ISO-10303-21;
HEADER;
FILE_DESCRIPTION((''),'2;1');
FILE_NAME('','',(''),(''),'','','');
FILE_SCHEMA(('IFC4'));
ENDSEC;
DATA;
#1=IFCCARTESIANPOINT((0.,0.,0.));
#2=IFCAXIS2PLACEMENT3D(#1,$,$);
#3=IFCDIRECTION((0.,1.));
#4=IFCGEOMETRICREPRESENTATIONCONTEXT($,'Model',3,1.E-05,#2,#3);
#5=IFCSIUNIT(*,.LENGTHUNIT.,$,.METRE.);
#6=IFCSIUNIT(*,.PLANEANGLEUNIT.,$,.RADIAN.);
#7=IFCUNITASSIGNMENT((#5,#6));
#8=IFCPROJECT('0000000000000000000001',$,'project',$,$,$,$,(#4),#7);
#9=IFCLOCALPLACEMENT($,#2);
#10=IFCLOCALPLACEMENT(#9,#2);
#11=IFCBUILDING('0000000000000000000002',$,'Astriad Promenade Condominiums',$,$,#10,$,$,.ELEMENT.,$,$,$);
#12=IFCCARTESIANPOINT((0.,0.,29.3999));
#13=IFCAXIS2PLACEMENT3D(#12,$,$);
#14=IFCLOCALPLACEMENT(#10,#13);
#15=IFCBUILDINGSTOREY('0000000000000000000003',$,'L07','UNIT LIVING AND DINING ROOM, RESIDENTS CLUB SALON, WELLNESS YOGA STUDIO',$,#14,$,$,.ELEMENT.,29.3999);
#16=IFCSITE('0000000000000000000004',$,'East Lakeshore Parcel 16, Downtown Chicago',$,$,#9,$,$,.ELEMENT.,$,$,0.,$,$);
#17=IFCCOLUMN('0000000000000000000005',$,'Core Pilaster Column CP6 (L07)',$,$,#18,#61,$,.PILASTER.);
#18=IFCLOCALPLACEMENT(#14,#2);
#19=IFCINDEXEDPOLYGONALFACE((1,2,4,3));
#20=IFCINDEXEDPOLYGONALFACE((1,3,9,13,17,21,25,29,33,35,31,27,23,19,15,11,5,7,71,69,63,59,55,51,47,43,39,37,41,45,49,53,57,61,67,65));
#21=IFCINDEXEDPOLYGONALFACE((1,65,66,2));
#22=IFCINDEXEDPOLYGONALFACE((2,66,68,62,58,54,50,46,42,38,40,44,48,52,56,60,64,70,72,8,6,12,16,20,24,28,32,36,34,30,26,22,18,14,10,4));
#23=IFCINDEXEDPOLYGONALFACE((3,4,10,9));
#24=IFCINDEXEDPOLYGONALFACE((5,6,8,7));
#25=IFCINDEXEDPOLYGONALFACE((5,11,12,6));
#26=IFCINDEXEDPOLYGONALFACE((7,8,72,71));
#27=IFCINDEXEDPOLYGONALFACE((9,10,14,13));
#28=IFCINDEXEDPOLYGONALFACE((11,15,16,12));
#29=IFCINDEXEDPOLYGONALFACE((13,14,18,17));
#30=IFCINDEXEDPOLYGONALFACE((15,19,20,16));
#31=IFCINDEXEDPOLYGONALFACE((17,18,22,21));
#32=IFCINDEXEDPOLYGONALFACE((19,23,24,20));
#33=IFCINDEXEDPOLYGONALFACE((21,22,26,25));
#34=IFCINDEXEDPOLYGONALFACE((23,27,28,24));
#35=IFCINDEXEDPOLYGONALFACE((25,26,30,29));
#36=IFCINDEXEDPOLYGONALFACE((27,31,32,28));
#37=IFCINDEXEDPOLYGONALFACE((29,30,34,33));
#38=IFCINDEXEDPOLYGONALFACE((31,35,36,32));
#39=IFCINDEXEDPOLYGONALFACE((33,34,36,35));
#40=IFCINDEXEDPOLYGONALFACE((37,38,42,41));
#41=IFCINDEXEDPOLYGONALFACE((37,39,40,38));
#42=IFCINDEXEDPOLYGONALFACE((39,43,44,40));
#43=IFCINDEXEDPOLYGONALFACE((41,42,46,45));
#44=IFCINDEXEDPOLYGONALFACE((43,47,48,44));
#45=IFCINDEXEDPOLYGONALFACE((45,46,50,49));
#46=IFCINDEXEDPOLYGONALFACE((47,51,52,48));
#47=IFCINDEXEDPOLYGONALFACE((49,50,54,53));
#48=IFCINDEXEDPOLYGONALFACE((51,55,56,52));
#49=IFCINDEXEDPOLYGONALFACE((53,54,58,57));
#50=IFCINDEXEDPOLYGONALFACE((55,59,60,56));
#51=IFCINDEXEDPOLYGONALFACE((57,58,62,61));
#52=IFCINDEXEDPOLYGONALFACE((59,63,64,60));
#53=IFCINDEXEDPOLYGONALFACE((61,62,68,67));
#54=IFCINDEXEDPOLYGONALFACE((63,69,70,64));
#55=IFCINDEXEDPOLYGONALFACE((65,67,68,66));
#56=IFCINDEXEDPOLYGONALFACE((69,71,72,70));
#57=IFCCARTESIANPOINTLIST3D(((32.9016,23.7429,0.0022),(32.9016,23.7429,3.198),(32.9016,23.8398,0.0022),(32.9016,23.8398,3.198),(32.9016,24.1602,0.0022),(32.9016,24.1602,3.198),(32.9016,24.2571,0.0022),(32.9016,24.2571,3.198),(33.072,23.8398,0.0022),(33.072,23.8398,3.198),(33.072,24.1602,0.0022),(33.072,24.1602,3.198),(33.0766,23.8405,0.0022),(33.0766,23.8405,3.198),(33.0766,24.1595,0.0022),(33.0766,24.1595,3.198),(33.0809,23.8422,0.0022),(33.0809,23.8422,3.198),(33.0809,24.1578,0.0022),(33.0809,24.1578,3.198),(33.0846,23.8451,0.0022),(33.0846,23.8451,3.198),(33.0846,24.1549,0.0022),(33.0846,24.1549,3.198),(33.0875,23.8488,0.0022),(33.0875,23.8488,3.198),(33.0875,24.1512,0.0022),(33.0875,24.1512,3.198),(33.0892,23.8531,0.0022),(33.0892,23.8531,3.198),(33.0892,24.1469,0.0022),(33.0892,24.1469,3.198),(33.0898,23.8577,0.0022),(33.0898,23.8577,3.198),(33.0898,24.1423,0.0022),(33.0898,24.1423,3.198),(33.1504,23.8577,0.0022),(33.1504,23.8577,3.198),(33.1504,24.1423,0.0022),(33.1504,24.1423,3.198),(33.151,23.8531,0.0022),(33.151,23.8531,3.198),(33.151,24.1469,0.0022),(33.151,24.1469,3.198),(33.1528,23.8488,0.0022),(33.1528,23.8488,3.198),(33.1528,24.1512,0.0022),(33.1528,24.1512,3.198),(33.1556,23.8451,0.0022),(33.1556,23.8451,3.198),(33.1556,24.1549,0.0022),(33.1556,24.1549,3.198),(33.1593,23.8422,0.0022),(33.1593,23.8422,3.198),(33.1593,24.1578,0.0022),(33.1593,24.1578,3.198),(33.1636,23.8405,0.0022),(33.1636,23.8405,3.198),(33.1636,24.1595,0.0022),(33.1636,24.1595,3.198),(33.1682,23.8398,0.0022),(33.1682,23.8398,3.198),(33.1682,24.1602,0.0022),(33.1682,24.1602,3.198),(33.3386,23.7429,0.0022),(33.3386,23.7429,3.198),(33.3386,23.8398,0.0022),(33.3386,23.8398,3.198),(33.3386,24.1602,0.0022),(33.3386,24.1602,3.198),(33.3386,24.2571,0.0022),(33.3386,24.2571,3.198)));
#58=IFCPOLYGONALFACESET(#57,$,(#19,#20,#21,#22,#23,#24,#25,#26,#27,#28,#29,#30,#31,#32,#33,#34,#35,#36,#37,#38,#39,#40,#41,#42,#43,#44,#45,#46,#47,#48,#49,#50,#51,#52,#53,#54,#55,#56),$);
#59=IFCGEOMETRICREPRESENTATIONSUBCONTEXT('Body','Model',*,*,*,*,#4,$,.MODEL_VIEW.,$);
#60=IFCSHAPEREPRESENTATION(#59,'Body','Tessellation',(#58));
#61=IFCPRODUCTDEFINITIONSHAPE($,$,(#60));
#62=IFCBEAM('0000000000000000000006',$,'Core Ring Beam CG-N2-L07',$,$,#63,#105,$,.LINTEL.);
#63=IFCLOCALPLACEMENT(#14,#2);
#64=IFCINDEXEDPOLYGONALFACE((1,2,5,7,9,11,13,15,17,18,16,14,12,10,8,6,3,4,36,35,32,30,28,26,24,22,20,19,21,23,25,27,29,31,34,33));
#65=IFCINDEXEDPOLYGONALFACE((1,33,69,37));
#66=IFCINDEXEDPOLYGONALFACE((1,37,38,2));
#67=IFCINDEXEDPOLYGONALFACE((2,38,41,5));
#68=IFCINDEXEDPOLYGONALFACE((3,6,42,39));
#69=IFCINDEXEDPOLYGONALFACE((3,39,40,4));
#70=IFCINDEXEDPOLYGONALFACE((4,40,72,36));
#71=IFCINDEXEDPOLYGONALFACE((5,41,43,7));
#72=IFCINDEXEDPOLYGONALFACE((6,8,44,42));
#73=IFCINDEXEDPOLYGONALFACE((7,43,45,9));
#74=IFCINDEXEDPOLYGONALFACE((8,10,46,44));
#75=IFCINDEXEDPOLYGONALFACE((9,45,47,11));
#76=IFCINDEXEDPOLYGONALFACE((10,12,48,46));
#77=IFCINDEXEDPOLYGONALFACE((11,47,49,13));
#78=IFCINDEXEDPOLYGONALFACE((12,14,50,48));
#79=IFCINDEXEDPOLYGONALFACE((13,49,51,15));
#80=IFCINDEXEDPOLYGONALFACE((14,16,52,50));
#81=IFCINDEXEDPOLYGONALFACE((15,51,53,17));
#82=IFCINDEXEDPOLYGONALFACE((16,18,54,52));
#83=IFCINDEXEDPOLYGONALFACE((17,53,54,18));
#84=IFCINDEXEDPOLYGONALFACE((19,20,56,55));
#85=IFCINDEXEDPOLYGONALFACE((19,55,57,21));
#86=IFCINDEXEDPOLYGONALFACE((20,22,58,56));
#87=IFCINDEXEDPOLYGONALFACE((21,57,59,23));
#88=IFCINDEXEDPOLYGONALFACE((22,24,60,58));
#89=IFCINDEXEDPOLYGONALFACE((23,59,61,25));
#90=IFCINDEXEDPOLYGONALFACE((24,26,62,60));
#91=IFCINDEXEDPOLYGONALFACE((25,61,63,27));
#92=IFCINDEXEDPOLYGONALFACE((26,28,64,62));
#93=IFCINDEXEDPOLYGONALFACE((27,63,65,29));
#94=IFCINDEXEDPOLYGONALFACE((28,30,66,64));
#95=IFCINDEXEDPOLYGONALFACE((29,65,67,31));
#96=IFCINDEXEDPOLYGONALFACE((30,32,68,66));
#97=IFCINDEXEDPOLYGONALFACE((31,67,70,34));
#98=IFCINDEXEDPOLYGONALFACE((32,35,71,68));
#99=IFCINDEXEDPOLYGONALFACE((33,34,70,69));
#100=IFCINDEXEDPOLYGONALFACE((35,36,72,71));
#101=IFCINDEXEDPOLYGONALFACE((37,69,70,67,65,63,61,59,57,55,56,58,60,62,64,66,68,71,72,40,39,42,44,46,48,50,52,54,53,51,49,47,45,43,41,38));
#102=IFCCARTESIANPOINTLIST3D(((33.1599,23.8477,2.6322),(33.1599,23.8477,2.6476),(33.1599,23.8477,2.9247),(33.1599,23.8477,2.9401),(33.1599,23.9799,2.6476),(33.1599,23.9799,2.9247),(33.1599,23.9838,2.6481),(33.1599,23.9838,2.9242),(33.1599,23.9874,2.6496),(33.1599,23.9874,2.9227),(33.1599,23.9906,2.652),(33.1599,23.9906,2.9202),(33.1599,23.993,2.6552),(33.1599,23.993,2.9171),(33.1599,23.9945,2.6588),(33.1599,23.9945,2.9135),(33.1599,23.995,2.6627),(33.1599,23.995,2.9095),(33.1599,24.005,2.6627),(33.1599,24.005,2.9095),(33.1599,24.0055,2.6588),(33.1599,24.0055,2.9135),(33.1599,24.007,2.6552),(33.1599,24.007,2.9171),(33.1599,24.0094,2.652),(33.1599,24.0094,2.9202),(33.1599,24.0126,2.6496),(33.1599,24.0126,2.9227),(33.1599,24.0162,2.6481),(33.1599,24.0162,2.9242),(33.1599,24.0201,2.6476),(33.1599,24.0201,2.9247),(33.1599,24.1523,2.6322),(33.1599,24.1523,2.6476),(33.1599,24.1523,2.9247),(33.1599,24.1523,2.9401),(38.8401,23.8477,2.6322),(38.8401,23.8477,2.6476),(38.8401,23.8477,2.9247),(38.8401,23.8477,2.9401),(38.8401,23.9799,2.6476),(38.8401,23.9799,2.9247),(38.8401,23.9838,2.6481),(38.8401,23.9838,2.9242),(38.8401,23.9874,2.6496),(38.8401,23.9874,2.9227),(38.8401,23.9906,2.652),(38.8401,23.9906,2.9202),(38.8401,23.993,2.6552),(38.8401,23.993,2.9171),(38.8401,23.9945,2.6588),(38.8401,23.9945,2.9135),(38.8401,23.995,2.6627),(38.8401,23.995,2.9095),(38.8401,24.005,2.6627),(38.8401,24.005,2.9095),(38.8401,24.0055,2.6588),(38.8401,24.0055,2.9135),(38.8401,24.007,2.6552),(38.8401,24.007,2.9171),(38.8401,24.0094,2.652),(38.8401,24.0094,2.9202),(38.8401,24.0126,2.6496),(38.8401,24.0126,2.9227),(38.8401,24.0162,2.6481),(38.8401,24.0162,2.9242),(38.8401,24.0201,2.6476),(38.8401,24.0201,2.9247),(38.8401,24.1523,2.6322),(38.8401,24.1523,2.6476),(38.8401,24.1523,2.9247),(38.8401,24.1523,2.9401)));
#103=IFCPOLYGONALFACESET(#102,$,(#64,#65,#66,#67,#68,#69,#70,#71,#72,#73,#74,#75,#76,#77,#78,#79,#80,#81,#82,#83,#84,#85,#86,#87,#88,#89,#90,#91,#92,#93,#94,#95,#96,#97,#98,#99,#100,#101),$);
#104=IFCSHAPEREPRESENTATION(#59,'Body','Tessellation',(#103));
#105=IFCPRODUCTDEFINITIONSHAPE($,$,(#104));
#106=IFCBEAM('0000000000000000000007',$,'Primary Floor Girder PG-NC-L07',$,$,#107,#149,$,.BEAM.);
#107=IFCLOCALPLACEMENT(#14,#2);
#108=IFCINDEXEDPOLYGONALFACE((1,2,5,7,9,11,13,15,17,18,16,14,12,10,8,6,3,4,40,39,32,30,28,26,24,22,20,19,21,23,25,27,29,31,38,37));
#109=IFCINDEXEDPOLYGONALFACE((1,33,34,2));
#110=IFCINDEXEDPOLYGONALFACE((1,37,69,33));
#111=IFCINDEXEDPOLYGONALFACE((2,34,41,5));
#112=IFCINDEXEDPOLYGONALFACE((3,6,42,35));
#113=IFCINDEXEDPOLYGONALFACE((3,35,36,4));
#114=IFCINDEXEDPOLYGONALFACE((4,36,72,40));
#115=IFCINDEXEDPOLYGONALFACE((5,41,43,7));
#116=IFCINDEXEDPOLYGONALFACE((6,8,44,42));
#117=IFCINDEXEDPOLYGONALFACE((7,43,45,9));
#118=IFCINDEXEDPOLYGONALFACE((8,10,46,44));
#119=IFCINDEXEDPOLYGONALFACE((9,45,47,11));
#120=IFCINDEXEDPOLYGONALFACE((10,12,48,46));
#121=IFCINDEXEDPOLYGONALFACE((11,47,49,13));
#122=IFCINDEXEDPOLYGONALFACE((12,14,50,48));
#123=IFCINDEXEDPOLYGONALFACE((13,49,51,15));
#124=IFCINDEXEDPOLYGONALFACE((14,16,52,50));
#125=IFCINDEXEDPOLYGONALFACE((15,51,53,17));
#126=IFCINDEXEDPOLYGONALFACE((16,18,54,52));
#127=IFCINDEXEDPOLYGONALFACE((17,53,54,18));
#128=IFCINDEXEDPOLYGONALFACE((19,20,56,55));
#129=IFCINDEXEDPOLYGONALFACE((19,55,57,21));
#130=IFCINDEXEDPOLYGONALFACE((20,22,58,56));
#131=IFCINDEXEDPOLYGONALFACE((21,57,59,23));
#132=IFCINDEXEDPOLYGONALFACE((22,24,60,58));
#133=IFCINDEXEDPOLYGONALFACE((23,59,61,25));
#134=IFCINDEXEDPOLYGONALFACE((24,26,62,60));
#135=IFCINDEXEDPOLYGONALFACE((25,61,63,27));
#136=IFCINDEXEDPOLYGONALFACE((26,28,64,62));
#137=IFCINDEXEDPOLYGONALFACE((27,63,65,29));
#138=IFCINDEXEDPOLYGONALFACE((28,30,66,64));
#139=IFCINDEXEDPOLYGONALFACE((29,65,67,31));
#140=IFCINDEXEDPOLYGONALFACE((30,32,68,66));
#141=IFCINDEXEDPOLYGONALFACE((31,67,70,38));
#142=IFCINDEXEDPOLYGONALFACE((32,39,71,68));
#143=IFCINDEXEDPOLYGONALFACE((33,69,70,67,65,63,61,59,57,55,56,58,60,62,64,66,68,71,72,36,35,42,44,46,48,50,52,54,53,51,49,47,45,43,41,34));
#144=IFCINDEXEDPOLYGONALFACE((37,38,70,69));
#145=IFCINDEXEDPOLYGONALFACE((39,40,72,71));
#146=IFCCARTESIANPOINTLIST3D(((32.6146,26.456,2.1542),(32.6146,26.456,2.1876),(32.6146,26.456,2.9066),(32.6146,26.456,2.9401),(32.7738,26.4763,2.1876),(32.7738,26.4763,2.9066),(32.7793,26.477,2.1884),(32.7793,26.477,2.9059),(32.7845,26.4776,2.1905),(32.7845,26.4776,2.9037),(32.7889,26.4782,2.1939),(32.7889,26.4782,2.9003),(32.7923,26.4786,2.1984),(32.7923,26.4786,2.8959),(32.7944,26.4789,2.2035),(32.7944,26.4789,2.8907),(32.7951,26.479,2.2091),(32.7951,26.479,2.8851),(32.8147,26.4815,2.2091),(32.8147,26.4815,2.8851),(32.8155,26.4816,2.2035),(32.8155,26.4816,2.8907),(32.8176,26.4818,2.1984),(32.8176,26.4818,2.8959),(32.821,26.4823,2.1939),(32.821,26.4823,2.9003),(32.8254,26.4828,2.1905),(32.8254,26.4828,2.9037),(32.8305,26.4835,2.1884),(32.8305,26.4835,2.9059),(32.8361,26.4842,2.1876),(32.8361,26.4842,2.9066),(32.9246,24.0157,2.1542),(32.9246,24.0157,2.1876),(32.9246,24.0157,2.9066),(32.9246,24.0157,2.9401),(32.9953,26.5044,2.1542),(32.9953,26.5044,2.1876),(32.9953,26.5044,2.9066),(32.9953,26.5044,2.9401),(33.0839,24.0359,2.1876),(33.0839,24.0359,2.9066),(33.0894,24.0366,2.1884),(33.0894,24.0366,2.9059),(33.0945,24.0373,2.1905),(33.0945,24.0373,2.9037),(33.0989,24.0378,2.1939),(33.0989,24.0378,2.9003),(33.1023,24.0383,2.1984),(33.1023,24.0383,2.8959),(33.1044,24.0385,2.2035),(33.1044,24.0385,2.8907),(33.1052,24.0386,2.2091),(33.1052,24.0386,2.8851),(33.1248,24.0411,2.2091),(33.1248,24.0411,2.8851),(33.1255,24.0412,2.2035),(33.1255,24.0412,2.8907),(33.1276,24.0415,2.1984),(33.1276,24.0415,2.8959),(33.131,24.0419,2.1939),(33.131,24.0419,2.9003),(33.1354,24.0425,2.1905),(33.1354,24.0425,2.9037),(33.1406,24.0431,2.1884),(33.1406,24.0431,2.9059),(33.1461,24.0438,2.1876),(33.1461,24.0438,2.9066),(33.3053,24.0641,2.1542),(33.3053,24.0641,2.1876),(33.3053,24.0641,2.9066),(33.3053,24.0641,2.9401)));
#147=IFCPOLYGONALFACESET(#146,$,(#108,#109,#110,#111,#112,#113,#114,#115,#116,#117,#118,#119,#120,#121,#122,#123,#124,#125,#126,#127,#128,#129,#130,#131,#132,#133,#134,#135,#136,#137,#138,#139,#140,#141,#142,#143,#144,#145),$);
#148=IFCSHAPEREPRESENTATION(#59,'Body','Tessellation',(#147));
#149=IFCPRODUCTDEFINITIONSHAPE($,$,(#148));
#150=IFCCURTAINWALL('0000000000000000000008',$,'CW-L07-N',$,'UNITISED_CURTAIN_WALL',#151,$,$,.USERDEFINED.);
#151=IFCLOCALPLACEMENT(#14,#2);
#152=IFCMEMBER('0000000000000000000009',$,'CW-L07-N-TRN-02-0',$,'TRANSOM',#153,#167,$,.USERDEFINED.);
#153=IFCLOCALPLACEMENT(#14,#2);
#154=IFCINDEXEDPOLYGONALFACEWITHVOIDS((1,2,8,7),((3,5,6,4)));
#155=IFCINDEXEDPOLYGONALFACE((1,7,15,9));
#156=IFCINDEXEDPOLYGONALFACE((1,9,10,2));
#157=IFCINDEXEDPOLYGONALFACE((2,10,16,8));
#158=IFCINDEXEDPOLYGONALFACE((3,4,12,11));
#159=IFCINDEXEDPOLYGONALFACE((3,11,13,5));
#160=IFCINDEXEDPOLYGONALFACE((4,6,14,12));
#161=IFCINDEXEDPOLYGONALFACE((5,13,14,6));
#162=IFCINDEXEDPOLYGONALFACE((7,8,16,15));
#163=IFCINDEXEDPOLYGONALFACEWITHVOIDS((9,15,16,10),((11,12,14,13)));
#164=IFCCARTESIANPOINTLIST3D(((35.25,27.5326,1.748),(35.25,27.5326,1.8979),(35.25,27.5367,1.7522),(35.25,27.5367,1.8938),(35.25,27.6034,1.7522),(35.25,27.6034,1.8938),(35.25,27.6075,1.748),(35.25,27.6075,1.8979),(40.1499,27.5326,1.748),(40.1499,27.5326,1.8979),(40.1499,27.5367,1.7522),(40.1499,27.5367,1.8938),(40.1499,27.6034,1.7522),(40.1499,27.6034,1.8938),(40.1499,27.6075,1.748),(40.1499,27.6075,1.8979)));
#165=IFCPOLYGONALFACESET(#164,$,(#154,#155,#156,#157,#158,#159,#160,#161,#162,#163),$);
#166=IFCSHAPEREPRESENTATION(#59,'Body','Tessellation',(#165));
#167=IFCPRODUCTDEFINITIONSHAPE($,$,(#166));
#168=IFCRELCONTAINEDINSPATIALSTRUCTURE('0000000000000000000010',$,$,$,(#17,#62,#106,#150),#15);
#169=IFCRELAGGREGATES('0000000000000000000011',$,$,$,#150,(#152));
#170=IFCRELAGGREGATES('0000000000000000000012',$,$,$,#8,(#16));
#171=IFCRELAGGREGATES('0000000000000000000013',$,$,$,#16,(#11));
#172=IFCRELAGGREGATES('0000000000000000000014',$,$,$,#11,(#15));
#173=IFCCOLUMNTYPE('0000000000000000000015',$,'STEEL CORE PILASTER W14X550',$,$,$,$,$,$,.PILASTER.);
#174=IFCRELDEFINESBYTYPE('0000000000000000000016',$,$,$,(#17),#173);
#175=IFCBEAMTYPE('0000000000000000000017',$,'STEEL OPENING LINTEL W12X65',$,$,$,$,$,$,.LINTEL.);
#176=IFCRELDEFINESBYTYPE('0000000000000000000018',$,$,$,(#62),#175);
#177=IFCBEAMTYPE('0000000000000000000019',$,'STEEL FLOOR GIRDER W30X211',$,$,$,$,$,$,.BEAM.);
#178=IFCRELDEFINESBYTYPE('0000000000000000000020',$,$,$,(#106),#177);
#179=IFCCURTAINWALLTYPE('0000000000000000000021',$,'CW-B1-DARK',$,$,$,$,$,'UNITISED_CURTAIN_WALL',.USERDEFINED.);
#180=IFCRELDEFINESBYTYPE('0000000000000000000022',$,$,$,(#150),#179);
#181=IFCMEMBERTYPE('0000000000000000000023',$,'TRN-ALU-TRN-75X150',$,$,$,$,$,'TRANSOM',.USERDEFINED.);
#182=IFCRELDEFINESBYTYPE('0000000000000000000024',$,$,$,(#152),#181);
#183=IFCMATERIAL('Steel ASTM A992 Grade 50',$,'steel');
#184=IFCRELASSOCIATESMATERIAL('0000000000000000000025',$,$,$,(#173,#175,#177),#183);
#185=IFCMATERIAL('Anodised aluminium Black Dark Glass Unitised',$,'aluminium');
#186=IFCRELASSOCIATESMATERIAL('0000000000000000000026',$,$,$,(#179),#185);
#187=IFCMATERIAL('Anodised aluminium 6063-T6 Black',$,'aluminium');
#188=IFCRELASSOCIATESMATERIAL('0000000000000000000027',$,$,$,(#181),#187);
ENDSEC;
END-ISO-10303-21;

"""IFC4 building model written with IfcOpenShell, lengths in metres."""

from ifc_helpers import new_model, si_unit, direction, frame, origin, origin_2d, place, context, subcontext, project, spatial, hollow_rectangle, i_section, extrude, source, transform, mapped, material, material_profile, profile_set, type_object, type_shapes, element, aggregate, save


model = new_model("IFC4")

# Units and contexts
model_context = context("Model", 3, precision=1e-05, world=origin(), true_north=direction((0.0, 1.0)))
body_context = subcontext(model_context, "Body", "Model", "MODEL_VIEW")
ifc_project = project(units=[si_unit("LENGTHUNIT", "METRE"), si_unit("PLANEANGLEUNIT", "RADIAN")], contexts=[model_context])

# Site, building, storey
site_placement = place(None, origin())
site = spatial("IfcSite", under=ifc_project, at=site_placement, Name="East Lakeshore Parcel 16, Downtown Chicago", CompositionType="ELEMENT", RefElevation=0.0)
building_placement = place(site_placement, origin())
building = spatial("IfcBuilding", under=site, at=building_placement, Name="Astriad Promenade Condominiums", CompositionType="ELEMENT")
storey_placement = place(building_placement, frame((0.0, 0.0, 29.3999)))
storey = spatial("IfcBuildingStorey", under=building, at=storey_placement, Name="L07", Description="UNIT LIVING AND DINING ROOM, RESIDENTS CLUB SALON, WELLNESS YOGA STUDIO", CompositionType="ELEMENT", Elevation=29.3999)

# Column
ifc_material_1 = material(Name="Steel ASTM A992 Grade 50", Category="steel")
ifc_material_profile_1 = material_profile(ifc_material_1, i_section(OverallWidth=0.437, OverallDepth=0.5142, WebThickness=0.0605, FlangeThickness=0.0969, FilletRadius=0.0178, at=origin_2d()), Name="W14X550")
ifc_profile_set_1 = profile_set([ifc_material_profile_1], Name="Steel ASTM A992 Grade 50")
column_type = type_object("IfcColumnType", Name="STEEL CORE PILASTER W14X550", PredefinedType="PILASTER", material=ifc_profile_set_1)
shared_shape_1 = source(origin(), body_context, "Body", "SweptSolid", [
    extrude(i_section(OverallWidth=0.437, OverallDepth=0.5142, WebThickness=0.0605, FlangeThickness=0.0969, FilletRadius=0.0178, at=origin_2d()), origin(), (0.0, 0.0, 1.0), 3.1958),
])
type_shapes(column_type, [shared_shape_1])
column_placement = place(storey_placement, frame((33.1201, 24.0, 0.0022), z_axis=(0.0, 0.0, 1.0), x_axis=(1.0, 0.0, 0.0)))
element("IfcColumn", 1, at=column_placement, inside=storey, type_object=column_type, Name="Core Pilaster Column CP6 (L07)", PredefinedType="PILASTER", context=body_context, shape_type="MappedRepresentation", body=[
    mapped(shared_shape_1, transform((0.0, 0.0, 0.0), scale=1.0)),
])

# Beams
ifc_material_profile_2 = material_profile(ifc_material_1, i_section(OverallWidth=0.3047, OverallDepth=0.3079, WebThickness=0.01, FlangeThickness=0.0154, FilletRadius=0.0151, at=origin_2d()), Name="W12X65")
ifc_profile_set_2 = profile_set([ifc_material_profile_2], Name="Steel ASTM A992 Grade 50")
beam_type_1 = type_object("IfcBeamType", Name="STEEL OPENING LINTEL W12X65", PredefinedType="LINTEL", material=ifc_profile_set_2)
shared_shape_2 = source(origin(), body_context, "Body", "SweptSolid", [
    extrude(i_section(OverallWidth=0.3047, OverallDepth=0.3079, WebThickness=0.01, FlangeThickness=0.0154, FilletRadius=0.0151, at=origin_2d()), origin(), (0.0, 0.0, 1.0), 5.6802),
])
type_shapes(beam_type_1, [shared_shape_2])
beam_1_placement = place(storey_placement, frame((33.1599, 24.0, 2.7861), z_axis=(1.0, 0.0, 0.0), x_axis=(0.0, 1.0, 0.0)))
element("IfcBeam", 2, at=beam_1_placement, inside=storey, type_object=beam_type_1, Name="Core Ring Beam CG-N2-L07", PredefinedType="LINTEL", context=body_context, shape_type="MappedRepresentation", body=[
    mapped(shared_shape_2, transform((0.0, 0.0, 0.0), scale=1.0)),
])
ifc_material_profile_3 = material_profile(ifc_material_1, i_section(OverallWidth=0.3838, OverallDepth=0.7859, WebThickness=0.0198, FlangeThickness=0.0334, FilletRadius=0.0215, at=origin_2d()), Name="W30X211")
ifc_profile_set_3 = profile_set([ifc_material_profile_3], Name="Steel ASTM A992 Grade 50")
beam_type_2 = type_object("IfcBeamType", Name="STEEL FLOOR GIRDER W30X211", PredefinedType="BEAM", material=ifc_profile_set_3)
shared_shape_3 = source(origin(), body_context, "Body", "SweptSolid", [
    extrude(i_section(OverallWidth=0.3838, OverallDepth=0.7859, WebThickness=0.0198, FlangeThickness=0.0334, FilletRadius=0.0215, at=origin_2d()), origin(), (0.0, 0.0, 1.0), 2.46),
])
type_shapes(beam_type_2, [shared_shape_3])
beam_2_placement = place(storey_placement, frame((32.8049, 26.4802, 2.5471), z_axis=(0.126038, -0.992025, 0.0), x_axis=(0.992025, 0.126038, 0.0)))
element("IfcBeam", 3, at=beam_2_placement, inside=storey, type_object=beam_type_2, Name="Primary Floor Girder PG-NC-L07", PredefinedType="BEAM", context=body_context, shape_type="MappedRepresentation", body=[
    mapped(shared_shape_3, transform((0.0, 0.0, 0.0), scale=1.0)),
])

# Curtain wall, member
ifc_material_2 = material(Name="Anodised aluminium Black Dark Glass Unitised", Category="aluminium")
curtain_wall_type = type_object("IfcCurtainWallType", Name="CW-B1-DARK", ElementType="UNITISED_CURTAIN_WALL", PredefinedType="USERDEFINED", material=ifc_material_2)
curtain_wall_placement = place(storey_placement, origin())
curtain_wall = element("IfcCurtainWall", 4, at=curtain_wall_placement, inside=storey, type_object=curtain_wall_type, Name="CW-L07-N", ObjectType="UNITISED_CURTAIN_WALL", PredefinedType="USERDEFINED")
ifc_material_3 = material(Name="Anodised aluminium 6063-T6 Black", Category="aluminium")
ifc_material_profile_4 = material_profile(ifc_material_3, hollow_rectangle(XDim=0.075, YDim=0.1499, WallThickness=0.0042, at=origin_2d()), Name="ALU-TRN-75X150")
ifc_profile_set_4 = profile_set([ifc_material_profile_4], Name="Anodised aluminium 6063-T6 Black")
member_type_1 = type_object("IfcMemberType", Name="TRN-ALU-TRN-75X150", ElementType="TRANSOM", PredefinedType="USERDEFINED", material=ifc_profile_set_4)
shared_shape_4 = source(origin(), body_context, "Body", "SweptSolid", [
    extrude(hollow_rectangle(XDim=0.075, YDim=0.1499, WallThickness=0.0042, at=origin_2d()), origin(), (0.0, 0.0, 1.0), 4.8999),
])
type_shapes(member_type_1, [shared_shape_4])
member_1_placement = place(storey_placement, frame((35.25, 27.5701, 1.823), z_axis=(1.0, 0.0, 0.0), x_axis=(0.0, 1.0, 0.0)))
member_1 = element("IfcMember", 5, at=member_1_placement, type_object=member_type_1, Name="CW-L07-N-TRN-02-0", ObjectType="TRANSOM", PredefinedType="USERDEFINED", context=body_context, shape_type="MappedRepresentation", body=[
    mapped(shared_shape_4, transform((0.0, 0.0, 0.0), scale=1.0)),
])
aggregate(curtain_wall, [member_1])

save(model, "model.ifc")
